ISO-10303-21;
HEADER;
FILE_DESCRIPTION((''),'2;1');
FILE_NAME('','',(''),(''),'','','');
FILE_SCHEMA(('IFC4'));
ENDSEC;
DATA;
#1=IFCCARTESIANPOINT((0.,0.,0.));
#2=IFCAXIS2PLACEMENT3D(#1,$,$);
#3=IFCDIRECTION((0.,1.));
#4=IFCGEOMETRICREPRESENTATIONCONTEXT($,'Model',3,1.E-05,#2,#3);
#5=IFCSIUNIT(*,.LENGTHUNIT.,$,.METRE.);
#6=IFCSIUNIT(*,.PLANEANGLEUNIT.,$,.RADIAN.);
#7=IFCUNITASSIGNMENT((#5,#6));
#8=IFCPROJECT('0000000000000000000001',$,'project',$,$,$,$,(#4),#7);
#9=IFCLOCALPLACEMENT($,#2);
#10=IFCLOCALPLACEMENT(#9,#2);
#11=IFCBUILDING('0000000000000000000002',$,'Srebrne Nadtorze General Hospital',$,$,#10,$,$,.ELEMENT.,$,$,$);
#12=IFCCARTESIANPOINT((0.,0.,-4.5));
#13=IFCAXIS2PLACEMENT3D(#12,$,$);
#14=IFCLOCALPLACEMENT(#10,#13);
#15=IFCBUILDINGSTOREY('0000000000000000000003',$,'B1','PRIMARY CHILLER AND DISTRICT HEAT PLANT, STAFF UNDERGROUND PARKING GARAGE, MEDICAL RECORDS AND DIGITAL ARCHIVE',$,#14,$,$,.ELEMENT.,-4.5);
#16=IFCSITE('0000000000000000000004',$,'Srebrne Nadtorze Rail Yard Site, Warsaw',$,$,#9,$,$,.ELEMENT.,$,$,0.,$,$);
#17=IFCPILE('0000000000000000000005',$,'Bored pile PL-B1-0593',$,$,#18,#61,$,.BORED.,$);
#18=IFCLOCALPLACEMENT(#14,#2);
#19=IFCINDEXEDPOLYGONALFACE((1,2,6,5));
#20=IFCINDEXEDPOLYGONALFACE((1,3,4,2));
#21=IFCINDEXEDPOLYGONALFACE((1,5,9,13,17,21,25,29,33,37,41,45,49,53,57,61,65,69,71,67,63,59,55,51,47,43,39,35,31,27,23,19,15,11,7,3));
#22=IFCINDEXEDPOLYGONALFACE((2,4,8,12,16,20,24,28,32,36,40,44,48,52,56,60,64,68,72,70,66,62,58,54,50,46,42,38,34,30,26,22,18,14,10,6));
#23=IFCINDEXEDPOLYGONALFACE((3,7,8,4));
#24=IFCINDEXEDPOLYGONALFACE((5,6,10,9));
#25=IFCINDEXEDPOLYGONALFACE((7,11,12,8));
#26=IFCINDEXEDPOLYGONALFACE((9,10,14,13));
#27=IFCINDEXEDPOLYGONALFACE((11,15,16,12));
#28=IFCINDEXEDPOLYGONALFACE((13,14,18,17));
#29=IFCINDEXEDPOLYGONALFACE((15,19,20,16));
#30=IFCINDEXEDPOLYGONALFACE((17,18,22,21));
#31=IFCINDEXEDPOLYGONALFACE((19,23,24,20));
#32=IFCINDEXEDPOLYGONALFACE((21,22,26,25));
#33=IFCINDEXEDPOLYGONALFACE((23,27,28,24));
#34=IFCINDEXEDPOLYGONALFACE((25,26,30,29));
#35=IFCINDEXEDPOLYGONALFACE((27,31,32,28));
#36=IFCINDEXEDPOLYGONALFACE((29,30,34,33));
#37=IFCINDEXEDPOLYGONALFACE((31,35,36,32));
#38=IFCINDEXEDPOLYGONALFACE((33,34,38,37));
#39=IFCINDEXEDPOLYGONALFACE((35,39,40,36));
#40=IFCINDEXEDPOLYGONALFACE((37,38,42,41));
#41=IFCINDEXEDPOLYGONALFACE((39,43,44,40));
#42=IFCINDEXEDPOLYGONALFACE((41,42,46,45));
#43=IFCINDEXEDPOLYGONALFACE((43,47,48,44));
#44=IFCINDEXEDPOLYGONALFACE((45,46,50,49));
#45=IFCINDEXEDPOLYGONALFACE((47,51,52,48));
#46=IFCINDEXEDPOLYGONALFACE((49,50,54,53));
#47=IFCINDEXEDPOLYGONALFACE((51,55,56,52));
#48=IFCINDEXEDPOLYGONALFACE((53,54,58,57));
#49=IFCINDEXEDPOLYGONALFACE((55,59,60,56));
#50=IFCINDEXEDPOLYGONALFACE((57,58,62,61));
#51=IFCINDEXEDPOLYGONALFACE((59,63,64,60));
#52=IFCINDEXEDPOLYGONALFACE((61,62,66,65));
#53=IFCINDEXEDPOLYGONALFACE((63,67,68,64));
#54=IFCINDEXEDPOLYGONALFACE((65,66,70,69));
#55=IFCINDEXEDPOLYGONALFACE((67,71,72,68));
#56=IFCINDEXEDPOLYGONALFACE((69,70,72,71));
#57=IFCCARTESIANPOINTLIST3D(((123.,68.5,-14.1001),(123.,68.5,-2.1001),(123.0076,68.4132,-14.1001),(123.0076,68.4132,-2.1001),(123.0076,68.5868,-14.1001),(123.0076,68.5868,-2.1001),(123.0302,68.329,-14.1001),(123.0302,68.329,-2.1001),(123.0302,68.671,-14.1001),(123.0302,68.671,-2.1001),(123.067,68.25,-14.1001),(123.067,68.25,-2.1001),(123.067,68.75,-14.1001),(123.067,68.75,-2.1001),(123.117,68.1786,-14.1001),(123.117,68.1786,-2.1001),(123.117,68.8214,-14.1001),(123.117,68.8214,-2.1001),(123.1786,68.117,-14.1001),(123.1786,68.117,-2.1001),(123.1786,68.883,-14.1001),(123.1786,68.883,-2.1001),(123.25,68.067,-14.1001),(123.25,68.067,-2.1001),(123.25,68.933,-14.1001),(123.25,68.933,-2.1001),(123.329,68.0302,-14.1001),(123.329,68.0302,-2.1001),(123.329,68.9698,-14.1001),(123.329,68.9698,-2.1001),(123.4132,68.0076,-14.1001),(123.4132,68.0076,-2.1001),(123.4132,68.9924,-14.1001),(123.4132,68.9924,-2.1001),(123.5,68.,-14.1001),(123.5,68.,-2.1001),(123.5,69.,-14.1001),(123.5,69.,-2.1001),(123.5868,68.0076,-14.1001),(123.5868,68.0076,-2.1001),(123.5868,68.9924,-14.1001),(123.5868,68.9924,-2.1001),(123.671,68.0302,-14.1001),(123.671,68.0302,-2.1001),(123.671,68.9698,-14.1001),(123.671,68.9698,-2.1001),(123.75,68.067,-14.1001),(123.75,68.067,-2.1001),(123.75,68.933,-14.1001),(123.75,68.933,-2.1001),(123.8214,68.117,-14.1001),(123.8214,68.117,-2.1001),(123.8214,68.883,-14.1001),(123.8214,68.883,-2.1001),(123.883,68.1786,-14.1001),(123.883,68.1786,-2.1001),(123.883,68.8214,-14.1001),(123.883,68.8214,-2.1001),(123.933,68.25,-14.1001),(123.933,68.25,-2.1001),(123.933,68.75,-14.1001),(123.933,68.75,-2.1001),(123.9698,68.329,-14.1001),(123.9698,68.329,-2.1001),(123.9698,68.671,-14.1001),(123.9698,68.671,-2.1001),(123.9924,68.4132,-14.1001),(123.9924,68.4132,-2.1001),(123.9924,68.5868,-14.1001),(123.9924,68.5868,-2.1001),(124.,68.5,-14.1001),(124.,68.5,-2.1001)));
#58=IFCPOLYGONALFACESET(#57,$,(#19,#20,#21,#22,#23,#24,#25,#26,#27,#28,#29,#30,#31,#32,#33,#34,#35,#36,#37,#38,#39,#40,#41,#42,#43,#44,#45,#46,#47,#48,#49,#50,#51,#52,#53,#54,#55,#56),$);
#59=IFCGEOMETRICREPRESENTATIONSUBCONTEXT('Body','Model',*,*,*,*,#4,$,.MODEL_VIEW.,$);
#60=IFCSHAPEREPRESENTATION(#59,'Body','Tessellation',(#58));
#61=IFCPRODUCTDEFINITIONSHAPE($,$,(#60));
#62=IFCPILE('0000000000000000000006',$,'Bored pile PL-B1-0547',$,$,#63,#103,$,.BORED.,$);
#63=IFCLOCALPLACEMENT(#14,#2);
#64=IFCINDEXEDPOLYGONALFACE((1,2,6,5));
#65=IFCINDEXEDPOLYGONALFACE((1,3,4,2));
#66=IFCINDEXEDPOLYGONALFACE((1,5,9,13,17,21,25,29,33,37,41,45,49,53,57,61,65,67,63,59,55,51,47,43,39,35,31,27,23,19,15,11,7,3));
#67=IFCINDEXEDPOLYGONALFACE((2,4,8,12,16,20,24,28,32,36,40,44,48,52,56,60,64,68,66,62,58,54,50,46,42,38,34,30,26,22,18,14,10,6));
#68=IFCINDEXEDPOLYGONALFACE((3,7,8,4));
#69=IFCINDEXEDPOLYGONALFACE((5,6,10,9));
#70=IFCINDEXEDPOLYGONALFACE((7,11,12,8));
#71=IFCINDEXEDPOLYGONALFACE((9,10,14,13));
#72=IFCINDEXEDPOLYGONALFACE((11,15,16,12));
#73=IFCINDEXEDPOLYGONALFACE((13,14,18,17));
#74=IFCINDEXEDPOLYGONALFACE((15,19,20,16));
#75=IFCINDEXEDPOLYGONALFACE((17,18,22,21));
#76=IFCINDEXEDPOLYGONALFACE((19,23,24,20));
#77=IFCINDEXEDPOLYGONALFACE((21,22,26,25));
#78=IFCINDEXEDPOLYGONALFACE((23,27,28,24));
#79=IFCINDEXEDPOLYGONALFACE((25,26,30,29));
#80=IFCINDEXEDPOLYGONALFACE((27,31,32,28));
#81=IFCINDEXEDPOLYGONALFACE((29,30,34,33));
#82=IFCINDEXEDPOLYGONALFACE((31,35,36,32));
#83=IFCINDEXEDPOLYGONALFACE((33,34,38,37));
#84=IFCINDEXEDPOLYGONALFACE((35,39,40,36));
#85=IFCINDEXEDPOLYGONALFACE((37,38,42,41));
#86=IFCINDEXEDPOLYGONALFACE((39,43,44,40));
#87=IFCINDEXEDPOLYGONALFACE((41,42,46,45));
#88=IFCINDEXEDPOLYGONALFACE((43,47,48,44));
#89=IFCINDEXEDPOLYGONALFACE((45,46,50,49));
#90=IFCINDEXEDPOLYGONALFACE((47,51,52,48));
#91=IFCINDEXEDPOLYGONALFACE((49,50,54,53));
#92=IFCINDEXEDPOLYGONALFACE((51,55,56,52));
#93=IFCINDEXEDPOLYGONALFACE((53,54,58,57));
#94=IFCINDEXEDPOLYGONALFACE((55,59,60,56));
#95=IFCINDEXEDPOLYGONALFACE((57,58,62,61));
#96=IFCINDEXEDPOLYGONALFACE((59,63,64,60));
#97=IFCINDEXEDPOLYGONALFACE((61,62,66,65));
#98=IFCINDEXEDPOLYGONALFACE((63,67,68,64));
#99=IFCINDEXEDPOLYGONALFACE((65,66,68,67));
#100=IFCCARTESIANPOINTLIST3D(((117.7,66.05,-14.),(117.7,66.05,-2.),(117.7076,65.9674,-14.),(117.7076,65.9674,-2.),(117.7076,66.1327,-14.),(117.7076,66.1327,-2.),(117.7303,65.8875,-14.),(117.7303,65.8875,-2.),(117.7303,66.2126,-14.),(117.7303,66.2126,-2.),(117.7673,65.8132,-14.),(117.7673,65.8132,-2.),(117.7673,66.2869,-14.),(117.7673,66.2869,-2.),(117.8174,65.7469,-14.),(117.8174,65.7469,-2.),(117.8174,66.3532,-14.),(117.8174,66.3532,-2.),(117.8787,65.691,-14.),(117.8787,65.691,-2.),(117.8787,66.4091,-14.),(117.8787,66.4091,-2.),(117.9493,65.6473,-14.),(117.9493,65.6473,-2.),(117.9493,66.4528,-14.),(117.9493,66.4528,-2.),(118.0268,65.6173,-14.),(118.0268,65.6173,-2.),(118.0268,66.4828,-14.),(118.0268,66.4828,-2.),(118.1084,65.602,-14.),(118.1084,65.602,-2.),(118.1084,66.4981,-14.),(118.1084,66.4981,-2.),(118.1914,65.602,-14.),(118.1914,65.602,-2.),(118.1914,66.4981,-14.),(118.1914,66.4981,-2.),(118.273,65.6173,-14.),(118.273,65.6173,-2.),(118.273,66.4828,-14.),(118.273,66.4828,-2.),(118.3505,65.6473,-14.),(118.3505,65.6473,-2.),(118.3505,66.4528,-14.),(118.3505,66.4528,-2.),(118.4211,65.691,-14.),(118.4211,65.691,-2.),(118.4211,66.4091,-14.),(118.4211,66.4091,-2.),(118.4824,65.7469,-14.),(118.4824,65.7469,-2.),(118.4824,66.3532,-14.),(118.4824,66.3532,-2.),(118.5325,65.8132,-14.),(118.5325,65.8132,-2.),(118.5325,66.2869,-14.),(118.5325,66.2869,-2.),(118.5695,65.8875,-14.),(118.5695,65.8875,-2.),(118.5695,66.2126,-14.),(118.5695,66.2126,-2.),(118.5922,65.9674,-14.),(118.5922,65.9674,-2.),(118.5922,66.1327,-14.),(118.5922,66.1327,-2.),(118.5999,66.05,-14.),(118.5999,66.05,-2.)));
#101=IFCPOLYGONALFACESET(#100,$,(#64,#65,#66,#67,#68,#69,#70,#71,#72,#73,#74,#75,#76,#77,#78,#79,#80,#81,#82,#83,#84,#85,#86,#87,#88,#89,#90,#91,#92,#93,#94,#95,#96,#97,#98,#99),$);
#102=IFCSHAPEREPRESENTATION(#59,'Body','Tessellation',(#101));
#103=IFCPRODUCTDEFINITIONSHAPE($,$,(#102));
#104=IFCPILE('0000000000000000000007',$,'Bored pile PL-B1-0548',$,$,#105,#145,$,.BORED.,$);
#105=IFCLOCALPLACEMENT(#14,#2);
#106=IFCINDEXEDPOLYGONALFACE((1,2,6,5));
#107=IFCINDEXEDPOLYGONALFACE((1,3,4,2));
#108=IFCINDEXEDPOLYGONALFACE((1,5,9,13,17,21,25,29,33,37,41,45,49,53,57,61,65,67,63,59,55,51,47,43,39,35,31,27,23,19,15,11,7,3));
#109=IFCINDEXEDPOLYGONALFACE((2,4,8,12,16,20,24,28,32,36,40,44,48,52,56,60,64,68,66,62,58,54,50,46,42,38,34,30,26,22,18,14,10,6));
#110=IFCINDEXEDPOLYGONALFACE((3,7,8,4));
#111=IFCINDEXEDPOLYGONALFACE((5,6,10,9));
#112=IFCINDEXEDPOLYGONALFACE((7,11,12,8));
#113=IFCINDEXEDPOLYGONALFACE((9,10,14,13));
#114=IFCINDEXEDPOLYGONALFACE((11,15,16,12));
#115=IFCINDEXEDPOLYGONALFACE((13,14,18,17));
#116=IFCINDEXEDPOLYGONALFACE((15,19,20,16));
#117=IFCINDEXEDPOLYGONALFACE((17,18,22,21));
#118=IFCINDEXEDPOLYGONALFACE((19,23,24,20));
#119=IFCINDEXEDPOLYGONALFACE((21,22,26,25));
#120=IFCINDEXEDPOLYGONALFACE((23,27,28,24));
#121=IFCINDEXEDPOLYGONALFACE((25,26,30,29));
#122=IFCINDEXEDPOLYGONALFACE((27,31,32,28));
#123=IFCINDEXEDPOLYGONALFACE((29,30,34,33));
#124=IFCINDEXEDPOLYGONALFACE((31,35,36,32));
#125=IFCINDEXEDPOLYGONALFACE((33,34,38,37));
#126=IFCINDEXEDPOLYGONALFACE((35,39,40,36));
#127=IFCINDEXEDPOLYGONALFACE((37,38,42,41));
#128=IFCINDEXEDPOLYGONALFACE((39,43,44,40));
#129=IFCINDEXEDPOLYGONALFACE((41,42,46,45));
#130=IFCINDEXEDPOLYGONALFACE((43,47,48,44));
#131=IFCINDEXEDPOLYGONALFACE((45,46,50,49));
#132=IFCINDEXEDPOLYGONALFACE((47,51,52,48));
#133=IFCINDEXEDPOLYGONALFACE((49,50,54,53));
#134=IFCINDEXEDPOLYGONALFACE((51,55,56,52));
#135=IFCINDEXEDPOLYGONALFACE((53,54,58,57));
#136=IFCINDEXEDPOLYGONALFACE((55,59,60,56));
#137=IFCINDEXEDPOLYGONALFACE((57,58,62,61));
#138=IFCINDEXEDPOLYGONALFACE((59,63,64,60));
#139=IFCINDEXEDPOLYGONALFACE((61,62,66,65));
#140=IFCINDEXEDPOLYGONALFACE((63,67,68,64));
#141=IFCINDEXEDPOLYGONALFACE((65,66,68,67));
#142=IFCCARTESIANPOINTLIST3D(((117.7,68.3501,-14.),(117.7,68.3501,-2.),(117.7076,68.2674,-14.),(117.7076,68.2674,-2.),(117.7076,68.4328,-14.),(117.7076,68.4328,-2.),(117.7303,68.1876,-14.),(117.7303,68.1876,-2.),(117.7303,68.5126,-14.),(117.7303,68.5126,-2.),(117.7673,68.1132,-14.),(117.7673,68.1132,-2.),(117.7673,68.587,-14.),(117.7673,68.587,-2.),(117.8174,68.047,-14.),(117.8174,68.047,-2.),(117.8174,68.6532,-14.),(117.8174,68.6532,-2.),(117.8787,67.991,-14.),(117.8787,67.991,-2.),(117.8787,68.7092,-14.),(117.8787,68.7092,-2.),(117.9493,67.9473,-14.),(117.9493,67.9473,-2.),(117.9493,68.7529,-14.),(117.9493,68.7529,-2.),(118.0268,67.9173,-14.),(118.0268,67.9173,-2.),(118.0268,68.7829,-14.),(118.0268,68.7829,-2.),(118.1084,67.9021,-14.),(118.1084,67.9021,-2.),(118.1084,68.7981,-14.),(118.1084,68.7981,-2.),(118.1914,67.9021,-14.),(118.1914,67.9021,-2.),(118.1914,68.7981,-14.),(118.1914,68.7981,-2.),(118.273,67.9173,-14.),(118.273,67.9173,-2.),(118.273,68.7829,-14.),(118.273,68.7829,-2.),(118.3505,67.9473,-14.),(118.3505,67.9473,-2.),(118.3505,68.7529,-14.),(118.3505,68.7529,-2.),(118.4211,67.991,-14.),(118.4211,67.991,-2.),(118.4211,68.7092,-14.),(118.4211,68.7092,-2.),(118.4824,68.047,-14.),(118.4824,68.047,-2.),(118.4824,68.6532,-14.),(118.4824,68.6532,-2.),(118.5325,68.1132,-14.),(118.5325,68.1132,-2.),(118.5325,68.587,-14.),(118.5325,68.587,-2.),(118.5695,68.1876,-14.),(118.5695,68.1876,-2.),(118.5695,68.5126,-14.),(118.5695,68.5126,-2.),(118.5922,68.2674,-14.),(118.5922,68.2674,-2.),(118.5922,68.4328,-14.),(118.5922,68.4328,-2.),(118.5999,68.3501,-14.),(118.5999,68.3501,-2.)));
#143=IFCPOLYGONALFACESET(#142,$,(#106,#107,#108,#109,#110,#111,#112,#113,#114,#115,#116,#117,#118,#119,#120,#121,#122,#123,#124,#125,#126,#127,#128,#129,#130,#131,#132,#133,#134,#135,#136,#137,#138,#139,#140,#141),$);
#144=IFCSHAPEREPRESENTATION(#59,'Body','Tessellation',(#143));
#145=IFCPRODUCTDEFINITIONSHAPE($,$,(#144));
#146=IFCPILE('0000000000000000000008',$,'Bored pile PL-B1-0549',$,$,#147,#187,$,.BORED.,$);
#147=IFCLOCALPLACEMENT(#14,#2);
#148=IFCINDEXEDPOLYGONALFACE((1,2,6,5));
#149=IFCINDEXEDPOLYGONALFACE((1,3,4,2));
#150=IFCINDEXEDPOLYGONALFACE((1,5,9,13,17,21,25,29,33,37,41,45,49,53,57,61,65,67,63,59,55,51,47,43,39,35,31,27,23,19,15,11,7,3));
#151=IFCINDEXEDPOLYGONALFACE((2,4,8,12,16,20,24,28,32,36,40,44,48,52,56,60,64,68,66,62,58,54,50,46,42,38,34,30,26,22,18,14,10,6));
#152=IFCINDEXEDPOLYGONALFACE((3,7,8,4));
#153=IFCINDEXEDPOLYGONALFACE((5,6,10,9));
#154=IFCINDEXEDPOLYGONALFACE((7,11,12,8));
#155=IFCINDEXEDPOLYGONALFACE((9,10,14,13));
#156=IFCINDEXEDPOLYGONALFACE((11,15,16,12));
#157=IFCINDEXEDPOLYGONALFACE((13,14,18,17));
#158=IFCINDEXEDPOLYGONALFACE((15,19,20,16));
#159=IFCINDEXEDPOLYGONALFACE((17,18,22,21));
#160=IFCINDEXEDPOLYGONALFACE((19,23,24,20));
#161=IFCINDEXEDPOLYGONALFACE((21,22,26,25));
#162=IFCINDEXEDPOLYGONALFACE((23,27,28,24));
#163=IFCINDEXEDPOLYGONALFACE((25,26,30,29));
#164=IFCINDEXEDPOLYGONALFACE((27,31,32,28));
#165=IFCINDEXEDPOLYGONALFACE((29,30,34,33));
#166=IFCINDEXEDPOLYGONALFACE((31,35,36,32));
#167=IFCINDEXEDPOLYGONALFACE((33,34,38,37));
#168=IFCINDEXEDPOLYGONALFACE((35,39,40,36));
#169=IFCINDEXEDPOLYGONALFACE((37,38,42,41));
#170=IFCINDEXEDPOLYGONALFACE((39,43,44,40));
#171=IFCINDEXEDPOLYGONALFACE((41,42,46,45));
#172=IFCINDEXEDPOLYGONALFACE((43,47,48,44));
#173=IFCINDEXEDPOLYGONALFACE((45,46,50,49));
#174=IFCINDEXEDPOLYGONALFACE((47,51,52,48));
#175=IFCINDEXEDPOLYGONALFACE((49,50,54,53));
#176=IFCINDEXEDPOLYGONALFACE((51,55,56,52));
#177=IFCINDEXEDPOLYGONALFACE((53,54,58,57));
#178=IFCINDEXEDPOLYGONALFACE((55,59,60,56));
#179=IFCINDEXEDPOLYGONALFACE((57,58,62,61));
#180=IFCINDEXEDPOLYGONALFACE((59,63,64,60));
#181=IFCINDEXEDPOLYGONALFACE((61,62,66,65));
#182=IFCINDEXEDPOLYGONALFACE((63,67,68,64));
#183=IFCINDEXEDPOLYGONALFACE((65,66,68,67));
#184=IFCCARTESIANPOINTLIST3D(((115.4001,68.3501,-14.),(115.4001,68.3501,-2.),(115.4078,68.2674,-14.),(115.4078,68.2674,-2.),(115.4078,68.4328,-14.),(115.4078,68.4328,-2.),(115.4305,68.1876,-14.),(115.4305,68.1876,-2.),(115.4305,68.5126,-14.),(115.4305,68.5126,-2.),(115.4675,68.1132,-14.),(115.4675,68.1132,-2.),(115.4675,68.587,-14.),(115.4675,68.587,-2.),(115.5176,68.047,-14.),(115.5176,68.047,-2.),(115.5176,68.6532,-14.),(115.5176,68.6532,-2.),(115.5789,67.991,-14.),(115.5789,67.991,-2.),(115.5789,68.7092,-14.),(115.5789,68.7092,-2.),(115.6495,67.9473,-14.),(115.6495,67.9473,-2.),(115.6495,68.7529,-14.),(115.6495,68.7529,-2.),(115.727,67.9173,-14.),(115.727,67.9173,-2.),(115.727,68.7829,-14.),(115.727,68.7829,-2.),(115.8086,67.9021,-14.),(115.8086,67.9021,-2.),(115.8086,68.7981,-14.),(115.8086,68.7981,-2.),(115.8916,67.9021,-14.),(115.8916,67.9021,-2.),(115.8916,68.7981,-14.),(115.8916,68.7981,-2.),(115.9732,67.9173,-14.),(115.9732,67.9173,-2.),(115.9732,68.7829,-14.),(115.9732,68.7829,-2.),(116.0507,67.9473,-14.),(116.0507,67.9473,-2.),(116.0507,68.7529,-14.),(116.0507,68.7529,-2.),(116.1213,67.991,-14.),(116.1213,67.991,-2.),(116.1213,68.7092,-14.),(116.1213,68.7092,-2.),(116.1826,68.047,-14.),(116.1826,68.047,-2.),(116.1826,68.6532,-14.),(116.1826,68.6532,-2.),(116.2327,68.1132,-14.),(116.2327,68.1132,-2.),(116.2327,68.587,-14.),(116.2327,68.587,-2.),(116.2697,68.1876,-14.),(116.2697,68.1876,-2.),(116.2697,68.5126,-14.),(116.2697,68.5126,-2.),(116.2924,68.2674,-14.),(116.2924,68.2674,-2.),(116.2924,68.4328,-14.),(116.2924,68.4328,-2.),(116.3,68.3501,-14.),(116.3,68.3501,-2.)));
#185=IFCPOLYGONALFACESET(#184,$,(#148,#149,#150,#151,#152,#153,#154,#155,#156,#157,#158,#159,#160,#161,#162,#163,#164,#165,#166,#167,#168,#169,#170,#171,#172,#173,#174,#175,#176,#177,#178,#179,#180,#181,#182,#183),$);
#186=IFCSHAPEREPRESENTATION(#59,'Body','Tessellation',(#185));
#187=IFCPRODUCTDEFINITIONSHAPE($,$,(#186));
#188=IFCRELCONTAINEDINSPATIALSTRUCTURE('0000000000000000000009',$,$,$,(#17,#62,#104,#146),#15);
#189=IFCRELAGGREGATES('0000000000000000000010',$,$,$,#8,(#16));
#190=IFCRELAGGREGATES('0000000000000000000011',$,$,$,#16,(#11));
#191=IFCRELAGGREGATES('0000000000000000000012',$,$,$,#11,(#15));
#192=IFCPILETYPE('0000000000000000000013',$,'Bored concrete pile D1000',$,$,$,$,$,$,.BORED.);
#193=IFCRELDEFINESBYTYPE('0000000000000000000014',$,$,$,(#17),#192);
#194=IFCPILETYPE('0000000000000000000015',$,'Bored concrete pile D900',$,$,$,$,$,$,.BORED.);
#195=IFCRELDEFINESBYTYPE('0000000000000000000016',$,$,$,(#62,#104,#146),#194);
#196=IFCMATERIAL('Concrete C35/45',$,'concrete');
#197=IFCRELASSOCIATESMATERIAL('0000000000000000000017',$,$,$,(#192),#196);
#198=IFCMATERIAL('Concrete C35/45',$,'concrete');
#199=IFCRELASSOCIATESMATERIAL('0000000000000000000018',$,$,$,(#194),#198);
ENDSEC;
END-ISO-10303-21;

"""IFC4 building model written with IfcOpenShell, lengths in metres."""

from ifc_helpers import new_model, si_unit, direction, frame, origin, origin_2d, place, context, subcontext, project, spatial, circle, extrude, material, material_profile, profile_set, type_object, element, save


model = new_model("IFC4")

# Units and contexts
model_context = context("Model", 3, precision=1e-05, world=origin(), true_north=direction((0.0, 1.0)))
body_context = subcontext(model_context, "Body", "Model", "MODEL_VIEW")
ifc_project = project(units=[si_unit("LENGTHUNIT", "METRE"), si_unit("PLANEANGLEUNIT", "RADIAN")], contexts=[model_context])

# Site, building, storey
site_placement = place(None, origin())
site = spatial("IfcSite", under=ifc_project, at=site_placement, Name="Srebrne Nadtorze Rail Yard Site, Warsaw", CompositionType="ELEMENT", RefElevation=0.0)
building_placement = place(site_placement, origin())
building = spatial("IfcBuilding", under=site, at=building_placement, Name="Srebrne Nadtorze General Hospital", CompositionType="ELEMENT")
storey_placement = place(building_placement, frame((0.0, 0.0, -4.5)))
storey = spatial("IfcBuildingStorey", under=building, at=storey_placement, Name="B1", Description="PRIMARY CHILLER AND DISTRICT HEAT PLANT, STAFF UNDERGROUND PARKING GARAGE, MEDICAL RECORDS AND DIGITAL ARCHIVE", CompositionType="ELEMENT", Elevation=-4.5)

# Piles
ifc_material_1 = material(Name="Concrete C35/45", Category="concrete")
ifc_material_profile_1 = material_profile(ifc_material_1, circle(Radius=0.5, at=origin_2d()), Name="PILE-D1000")
ifc_profile_set_1 = profile_set([ifc_material_profile_1], Name="Concrete C35/45")
pile_type_1 = type_object("IfcPileType", Name="Bored concrete pile D1000", PredefinedType="BORED", material=ifc_profile_set_1)
for number, where, z_axis, x_axis, name in (
    (1, (123.5, 68.5, -2.1001), (0.0, 0.0, -1.0), (1.0, 0.0, 0.0), "Bored pile PL-B1-0593"),
):
    element("IfcPile", number, at=place(storey_placement, frame(where, z_axis=z_axis, x_axis=x_axis)), inside=storey, type_object=pile_type_1, Name=name, PredefinedType="BORED", context=body_context, shape_type="SweptSolid", body=[
        extrude(circle(Radius=0.5, at=origin_2d()), origin(), (0.0, 0.0, 1.0), 12.0),
    ])
ifc_material_2 = material(Name="Concrete C35/45", Category="concrete")
ifc_material_profile_2 = material_profile(ifc_material_2, circle(Radius=0.45, at=origin_2d()), Name="PILE-D900")
ifc_profile_set_2 = profile_set([ifc_material_profile_2], Name="Concrete C35/45")
pile_type_2 = type_object("IfcPileType", Name="Bored concrete pile D900", PredefinedType="BORED", material=ifc_profile_set_2)
for number, where, z_axis, x_axis, name in (
    (2, (118.1499, 66.05, -2.0), (0.0, 0.0, -1.0), (1.0, 0.0, 0.0), "Bored pile PL-B1-0547"),
    (3, (118.1499, 68.3501, -2.0), (0.0, 0.0, -1.0), (1.0, 0.0, 0.0), "Bored pile PL-B1-0548"),
    (4, (115.8501, 68.3501, -2.0), (0.0, 0.0, -1.0), (1.0, 0.0, 0.0), "Bored pile PL-B1-0549"),
):
    element("IfcPile", number, at=place(storey_placement, frame(where, z_axis=z_axis, x_axis=x_axis)), inside=storey, type_object=pile_type_2, Name=name, PredefinedType="BORED", context=body_context, shape_type="SweptSolid", body=[
        extrude(circle(Radius=0.45, at=origin_2d()), origin(), (0.0, 0.0, 1.0), 12.0),
    ])

save(model, "model.ifc")
